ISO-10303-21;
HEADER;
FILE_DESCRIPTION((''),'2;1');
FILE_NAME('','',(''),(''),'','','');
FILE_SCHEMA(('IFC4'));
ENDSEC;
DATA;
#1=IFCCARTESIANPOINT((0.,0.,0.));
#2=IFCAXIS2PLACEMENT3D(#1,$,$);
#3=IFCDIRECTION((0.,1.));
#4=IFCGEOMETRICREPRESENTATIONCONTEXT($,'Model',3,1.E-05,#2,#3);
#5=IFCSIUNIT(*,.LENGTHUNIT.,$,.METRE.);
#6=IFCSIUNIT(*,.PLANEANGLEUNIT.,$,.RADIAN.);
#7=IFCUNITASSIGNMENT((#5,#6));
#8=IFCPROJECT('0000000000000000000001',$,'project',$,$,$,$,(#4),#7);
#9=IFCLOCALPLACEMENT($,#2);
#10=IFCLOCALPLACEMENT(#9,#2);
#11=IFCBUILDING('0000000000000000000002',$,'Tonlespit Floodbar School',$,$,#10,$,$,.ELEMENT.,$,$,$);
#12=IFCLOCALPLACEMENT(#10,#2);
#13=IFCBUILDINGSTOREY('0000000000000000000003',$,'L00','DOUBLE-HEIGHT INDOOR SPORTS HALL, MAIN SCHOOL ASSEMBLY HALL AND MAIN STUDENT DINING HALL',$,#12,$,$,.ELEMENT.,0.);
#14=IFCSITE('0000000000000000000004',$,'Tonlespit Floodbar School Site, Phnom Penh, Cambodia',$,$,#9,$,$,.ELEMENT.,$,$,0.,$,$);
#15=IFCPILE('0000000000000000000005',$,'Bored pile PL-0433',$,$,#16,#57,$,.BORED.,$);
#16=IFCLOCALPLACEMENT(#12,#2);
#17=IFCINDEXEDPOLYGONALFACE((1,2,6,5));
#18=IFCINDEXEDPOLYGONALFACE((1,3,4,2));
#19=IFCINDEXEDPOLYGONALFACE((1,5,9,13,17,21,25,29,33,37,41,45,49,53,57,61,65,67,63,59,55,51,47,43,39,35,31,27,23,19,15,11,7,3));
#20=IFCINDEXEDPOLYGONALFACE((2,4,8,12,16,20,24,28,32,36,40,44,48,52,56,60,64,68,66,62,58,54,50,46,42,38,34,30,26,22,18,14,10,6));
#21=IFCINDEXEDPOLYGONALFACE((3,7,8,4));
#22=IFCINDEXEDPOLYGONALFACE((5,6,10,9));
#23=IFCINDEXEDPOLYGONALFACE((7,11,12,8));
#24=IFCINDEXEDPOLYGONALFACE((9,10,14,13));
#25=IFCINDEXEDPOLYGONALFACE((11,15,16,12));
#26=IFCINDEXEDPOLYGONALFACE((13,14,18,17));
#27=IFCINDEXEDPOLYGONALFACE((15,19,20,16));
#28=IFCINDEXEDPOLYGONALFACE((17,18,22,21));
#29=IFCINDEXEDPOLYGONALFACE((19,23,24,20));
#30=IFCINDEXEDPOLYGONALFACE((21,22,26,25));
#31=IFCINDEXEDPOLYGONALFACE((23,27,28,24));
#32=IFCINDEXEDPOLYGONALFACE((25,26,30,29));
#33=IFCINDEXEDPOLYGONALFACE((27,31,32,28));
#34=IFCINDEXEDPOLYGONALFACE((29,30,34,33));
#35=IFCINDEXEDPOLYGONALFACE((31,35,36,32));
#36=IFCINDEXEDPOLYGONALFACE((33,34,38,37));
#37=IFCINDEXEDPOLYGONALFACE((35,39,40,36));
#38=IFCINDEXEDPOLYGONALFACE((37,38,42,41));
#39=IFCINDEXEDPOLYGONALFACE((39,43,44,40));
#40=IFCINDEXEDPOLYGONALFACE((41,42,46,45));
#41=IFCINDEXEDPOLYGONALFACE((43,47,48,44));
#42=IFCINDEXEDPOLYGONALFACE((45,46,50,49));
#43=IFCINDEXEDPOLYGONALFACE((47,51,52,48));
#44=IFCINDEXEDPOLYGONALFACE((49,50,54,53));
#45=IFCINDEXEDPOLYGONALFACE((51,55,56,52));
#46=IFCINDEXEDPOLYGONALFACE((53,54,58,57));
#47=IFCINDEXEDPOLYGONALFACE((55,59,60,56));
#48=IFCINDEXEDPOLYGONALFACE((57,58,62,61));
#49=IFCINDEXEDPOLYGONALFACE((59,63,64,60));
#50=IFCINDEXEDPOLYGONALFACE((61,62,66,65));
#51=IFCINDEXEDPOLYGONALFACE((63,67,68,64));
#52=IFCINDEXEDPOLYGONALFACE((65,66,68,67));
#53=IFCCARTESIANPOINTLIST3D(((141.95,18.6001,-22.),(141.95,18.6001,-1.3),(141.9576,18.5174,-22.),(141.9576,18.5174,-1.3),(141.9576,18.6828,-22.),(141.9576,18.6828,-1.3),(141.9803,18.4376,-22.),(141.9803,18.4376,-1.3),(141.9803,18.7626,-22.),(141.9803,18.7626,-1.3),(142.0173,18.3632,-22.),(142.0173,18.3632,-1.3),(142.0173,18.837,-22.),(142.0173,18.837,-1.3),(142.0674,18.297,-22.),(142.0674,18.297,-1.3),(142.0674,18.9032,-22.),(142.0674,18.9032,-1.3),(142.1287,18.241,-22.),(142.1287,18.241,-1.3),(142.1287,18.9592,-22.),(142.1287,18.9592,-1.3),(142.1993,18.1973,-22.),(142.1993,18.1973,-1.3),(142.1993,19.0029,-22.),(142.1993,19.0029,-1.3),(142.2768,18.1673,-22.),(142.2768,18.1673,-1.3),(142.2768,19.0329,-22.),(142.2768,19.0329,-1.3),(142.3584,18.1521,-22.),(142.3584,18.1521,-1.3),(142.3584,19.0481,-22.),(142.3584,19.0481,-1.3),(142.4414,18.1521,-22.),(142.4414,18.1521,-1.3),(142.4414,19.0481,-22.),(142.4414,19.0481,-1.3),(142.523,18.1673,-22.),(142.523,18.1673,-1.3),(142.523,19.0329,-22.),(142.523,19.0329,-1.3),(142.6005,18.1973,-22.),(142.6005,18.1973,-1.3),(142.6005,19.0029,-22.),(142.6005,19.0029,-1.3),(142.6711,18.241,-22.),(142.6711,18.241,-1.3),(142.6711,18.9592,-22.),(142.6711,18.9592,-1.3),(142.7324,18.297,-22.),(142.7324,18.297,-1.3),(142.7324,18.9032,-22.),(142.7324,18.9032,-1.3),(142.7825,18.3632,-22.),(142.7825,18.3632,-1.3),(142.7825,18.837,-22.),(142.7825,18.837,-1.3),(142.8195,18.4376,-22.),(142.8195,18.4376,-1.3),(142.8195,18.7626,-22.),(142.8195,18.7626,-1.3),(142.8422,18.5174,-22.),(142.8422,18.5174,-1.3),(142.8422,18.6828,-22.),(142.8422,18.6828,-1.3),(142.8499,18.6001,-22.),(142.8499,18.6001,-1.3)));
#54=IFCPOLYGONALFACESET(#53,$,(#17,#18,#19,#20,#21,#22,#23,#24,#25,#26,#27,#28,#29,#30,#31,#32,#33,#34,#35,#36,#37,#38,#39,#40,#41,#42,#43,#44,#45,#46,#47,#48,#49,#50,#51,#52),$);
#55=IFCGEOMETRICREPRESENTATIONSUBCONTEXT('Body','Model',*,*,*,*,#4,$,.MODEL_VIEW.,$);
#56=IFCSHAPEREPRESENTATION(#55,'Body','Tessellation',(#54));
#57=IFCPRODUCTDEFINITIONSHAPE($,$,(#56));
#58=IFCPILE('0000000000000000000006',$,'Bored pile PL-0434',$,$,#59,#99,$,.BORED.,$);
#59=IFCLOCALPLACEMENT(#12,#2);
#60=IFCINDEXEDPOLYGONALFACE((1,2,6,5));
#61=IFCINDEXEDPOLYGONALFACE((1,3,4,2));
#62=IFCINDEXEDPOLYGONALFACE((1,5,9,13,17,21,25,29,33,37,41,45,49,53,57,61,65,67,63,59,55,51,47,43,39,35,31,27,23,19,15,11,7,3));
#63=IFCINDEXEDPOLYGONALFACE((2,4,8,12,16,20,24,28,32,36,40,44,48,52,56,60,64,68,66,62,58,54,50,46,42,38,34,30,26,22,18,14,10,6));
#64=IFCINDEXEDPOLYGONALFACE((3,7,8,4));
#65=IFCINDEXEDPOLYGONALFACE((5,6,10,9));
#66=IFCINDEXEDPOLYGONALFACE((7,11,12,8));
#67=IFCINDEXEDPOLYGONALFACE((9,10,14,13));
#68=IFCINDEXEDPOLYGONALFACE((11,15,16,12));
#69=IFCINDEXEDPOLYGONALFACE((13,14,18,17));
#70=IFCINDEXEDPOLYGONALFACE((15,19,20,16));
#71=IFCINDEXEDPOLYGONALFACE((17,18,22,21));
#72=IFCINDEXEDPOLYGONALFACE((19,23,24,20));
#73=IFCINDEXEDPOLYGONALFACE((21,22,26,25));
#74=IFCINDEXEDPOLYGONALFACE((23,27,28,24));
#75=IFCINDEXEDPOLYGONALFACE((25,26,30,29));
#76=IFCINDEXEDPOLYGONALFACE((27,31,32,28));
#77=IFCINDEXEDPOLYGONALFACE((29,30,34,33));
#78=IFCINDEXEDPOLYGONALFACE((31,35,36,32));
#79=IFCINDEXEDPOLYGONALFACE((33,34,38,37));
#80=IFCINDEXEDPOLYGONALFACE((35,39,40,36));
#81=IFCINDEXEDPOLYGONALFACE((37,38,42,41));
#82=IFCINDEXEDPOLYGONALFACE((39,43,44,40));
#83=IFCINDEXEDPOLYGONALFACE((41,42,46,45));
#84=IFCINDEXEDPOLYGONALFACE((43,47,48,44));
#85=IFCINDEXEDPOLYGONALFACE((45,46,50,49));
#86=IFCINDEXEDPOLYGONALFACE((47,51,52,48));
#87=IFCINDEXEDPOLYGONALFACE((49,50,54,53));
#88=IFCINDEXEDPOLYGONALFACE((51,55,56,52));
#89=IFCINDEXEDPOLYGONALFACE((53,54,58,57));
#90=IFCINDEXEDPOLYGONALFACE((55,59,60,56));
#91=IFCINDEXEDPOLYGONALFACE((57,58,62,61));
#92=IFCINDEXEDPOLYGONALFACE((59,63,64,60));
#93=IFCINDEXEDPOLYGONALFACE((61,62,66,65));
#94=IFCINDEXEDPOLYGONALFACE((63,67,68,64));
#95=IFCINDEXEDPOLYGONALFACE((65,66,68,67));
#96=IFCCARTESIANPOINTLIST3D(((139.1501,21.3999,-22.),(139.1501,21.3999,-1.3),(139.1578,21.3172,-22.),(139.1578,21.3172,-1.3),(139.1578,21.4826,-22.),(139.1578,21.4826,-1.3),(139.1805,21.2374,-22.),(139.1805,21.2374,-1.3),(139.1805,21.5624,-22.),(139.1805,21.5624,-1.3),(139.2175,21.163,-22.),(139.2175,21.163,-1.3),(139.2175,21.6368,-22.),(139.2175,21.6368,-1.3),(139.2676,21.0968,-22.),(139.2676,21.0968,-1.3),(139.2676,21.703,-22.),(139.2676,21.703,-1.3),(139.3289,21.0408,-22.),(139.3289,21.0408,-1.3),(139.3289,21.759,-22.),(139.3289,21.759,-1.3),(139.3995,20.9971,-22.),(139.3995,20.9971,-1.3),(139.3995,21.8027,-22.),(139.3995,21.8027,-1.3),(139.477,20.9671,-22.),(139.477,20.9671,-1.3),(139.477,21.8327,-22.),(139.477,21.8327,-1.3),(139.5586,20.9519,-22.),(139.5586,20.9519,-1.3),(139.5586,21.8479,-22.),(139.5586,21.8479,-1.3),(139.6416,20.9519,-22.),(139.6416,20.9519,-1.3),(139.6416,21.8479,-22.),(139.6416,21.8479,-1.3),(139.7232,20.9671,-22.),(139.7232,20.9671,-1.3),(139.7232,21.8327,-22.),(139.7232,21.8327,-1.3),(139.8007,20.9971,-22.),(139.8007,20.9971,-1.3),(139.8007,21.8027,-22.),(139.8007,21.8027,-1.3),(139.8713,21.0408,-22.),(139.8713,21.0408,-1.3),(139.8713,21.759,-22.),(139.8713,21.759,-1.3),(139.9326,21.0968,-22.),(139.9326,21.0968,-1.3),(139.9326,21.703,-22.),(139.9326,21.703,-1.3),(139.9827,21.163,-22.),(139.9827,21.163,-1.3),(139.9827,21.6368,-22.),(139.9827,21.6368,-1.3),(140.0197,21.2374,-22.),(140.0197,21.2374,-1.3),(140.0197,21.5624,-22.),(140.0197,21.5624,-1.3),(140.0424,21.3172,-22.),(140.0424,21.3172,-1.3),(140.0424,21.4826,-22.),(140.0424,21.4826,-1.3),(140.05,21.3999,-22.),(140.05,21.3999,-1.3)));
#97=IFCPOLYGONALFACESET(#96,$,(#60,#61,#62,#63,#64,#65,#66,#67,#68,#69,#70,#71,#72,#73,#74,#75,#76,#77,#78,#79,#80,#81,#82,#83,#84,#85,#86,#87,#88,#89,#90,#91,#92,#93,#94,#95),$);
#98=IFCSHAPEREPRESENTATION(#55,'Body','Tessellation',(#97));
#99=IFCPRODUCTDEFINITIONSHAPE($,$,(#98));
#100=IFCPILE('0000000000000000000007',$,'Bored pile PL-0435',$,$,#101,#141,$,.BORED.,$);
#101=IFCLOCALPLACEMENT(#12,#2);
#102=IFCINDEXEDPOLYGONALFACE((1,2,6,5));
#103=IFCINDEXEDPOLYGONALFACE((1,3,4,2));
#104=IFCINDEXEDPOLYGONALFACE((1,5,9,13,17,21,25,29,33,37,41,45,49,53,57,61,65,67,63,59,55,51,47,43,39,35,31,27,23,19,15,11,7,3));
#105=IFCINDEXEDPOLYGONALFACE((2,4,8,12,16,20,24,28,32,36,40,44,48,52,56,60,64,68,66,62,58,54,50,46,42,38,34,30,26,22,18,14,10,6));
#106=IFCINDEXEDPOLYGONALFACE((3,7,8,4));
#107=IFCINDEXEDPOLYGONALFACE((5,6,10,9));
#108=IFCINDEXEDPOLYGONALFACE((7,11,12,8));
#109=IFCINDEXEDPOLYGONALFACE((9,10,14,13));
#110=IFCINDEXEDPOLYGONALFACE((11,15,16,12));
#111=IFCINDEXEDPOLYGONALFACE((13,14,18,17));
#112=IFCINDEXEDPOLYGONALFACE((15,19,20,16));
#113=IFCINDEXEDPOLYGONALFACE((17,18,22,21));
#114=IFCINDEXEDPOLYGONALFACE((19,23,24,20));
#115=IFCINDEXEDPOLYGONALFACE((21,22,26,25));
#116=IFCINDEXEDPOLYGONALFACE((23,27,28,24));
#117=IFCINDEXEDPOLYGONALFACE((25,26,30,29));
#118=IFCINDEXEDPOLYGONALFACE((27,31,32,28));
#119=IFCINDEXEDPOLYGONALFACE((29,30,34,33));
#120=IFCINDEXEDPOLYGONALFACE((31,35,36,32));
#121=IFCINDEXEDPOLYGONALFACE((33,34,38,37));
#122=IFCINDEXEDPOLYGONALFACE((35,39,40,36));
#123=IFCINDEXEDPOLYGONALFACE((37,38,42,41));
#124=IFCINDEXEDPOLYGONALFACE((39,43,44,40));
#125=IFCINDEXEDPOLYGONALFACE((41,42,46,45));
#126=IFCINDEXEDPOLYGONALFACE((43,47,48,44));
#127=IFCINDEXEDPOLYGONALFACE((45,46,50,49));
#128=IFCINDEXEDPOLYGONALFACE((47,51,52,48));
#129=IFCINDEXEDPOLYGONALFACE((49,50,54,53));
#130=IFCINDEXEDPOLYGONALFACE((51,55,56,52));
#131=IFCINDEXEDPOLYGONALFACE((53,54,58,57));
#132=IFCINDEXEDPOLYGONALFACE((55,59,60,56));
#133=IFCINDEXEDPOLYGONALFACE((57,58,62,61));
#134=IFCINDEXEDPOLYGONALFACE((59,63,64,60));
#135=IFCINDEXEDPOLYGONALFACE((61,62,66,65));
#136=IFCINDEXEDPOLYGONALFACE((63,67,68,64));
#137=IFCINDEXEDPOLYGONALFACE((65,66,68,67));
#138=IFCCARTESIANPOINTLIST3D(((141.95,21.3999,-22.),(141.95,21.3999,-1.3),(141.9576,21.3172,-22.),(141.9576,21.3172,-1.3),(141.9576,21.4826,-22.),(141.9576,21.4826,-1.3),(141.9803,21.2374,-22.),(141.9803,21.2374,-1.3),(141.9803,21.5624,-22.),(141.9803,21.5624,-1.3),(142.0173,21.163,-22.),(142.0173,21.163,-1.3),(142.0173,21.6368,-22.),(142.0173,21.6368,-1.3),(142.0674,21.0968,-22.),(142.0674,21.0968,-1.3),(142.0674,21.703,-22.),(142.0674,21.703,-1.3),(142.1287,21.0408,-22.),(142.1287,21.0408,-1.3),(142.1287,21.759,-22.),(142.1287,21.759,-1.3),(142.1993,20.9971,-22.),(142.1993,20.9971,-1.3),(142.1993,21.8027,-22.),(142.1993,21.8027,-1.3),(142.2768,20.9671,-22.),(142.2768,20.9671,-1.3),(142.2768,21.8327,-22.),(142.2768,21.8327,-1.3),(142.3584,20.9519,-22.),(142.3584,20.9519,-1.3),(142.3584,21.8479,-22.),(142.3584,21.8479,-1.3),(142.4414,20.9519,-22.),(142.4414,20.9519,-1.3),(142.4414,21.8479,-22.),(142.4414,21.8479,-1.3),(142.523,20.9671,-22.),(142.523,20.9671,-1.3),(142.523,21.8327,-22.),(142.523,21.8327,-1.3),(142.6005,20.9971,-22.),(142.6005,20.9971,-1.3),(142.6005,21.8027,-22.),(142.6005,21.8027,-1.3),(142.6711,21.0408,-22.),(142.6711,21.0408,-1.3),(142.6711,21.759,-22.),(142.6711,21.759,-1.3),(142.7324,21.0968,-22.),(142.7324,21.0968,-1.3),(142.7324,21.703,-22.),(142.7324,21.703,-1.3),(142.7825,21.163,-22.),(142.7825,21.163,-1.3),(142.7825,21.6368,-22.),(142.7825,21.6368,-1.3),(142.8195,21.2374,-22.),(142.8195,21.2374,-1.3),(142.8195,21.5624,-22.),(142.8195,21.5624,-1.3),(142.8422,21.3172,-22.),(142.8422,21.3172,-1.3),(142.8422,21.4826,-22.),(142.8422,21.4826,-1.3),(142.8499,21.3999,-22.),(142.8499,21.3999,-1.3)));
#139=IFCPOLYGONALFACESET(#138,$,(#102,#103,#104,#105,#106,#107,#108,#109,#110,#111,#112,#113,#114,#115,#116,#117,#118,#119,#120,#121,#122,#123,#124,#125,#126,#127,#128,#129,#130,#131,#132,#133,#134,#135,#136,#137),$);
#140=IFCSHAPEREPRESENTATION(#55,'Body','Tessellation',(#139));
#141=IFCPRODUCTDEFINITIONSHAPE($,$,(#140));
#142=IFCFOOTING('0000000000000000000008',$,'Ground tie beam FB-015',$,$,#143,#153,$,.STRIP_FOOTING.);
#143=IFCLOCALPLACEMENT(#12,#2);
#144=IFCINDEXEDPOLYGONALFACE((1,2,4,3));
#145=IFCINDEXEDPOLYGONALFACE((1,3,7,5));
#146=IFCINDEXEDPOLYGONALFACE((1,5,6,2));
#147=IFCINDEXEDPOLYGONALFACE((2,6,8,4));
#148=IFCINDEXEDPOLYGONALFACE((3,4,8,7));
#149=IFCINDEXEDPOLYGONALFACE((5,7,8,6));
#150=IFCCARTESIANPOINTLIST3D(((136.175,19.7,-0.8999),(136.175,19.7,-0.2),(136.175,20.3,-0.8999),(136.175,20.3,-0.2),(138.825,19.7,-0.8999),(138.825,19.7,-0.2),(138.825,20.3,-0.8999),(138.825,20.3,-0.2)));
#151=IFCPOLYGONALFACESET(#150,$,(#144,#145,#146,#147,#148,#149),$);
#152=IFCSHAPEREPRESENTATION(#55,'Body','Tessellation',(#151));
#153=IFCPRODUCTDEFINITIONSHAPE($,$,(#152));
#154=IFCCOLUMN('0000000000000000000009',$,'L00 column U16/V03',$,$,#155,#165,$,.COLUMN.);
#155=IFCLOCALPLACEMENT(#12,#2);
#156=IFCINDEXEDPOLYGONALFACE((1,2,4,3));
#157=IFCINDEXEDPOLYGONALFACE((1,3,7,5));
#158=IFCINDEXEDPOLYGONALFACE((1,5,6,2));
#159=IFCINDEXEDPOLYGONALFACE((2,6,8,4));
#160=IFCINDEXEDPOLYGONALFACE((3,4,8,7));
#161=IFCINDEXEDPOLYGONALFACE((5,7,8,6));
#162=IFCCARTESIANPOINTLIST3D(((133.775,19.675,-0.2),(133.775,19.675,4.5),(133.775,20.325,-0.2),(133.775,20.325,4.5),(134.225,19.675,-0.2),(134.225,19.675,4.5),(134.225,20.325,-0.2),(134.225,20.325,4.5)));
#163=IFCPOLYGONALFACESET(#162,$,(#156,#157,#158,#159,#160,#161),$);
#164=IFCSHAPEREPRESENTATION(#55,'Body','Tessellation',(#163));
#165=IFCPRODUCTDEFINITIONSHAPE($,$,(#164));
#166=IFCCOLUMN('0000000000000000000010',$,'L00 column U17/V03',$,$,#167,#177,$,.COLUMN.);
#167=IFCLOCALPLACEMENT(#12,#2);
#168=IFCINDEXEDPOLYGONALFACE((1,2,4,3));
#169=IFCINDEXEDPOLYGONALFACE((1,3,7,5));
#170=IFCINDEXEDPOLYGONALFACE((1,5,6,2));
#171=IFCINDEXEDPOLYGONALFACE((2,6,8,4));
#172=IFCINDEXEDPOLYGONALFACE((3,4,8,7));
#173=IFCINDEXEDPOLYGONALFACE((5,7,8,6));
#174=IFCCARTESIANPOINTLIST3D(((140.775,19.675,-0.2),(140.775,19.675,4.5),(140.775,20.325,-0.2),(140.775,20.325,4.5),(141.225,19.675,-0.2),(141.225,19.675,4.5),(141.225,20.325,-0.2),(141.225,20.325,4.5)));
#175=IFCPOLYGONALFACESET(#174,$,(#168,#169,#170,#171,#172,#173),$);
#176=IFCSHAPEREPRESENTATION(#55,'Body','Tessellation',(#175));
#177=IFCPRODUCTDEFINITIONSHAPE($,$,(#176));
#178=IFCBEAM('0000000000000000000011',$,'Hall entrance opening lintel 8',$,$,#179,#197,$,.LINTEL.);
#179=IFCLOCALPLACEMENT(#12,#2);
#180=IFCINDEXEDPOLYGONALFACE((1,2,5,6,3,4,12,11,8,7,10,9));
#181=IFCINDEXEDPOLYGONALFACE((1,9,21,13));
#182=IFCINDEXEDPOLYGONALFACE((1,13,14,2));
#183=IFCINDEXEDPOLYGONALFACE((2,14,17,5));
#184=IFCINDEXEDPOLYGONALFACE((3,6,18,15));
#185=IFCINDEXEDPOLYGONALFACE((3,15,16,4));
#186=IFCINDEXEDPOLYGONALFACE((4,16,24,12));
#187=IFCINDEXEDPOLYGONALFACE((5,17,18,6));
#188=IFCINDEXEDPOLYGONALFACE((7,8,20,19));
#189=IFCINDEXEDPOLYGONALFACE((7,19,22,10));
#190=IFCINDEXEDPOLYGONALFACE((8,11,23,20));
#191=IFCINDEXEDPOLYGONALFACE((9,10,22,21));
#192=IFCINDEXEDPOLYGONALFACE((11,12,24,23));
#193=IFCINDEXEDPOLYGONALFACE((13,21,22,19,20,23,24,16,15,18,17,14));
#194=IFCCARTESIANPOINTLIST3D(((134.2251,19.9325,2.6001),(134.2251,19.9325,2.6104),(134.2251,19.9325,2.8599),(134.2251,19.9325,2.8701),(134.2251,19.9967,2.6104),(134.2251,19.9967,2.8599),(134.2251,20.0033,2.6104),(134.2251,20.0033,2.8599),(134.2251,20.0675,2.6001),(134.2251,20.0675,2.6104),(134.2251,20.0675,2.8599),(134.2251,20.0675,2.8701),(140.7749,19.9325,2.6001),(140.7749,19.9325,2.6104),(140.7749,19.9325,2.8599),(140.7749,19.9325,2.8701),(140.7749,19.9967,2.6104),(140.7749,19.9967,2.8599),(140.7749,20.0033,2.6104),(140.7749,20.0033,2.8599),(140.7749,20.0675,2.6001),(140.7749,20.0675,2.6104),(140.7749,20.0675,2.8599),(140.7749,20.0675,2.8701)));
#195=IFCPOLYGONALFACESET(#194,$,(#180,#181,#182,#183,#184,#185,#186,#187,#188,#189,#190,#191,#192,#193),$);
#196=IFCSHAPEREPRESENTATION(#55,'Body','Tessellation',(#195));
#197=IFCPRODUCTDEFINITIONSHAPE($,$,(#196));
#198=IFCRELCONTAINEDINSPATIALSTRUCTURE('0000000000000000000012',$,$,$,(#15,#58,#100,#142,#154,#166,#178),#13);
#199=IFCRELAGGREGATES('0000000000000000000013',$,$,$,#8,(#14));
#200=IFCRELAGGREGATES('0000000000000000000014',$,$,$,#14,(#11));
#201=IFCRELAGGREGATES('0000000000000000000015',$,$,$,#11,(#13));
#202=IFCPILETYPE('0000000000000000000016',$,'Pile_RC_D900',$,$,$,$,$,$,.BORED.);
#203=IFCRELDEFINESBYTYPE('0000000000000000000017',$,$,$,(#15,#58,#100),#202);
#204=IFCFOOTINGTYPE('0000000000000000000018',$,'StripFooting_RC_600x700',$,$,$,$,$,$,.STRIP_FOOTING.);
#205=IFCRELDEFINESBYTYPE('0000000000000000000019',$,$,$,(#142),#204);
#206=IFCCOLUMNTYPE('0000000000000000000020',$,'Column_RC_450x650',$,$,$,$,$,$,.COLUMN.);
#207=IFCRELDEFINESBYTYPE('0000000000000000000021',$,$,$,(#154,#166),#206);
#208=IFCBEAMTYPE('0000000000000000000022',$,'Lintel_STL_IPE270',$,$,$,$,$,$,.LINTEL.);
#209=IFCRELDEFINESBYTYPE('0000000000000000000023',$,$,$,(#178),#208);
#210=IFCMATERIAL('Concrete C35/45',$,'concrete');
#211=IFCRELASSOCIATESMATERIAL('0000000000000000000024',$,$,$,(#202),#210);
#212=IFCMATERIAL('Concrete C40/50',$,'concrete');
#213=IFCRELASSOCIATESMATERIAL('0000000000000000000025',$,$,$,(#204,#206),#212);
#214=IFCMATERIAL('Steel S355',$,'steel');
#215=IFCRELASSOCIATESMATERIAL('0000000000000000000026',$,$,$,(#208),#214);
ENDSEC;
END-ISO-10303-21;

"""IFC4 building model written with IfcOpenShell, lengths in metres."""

from ifc_helpers import new_model, si_unit, direction, frame, origin, origin_2d, place, context, subcontext, project, spatial, rectangle, circle, i_section, extrude, material, material_profile, profile_set, type_object, element, save


model = new_model("IFC4")

# Units and contexts
model_context = context("Model", 3, precision=1e-05, world=origin(), true_north=direction((0.0, 1.0)))
body_context = subcontext(model_context, "Body", "Model", "MODEL_VIEW")
ifc_project = project(units=[si_unit("LENGTHUNIT", "METRE"), si_unit("PLANEANGLEUNIT", "RADIAN")], contexts=[model_context])

# Site, building, storey
site_placement = place(None, origin())
site = spatial("IfcSite", under=ifc_project, at=site_placement, Name="Tonlespit Floodbar School Site, Phnom Penh, Cambodia", CompositionType="ELEMENT", RefElevation=0.0)
building_placement = place(site_placement, origin())
building = spatial("IfcBuilding", under=site, at=building_placement, Name="Tonlespit Floodbar School", CompositionType="ELEMENT")
storey_placement = place(building_placement, origin())
storey = spatial("IfcBuildingStorey", under=building, at=storey_placement, Name="L00", Description="DOUBLE-HEIGHT INDOOR SPORTS HALL, MAIN SCHOOL ASSEMBLY HALL AND MAIN STUDENT DINING HALL", CompositionType="ELEMENT", Elevation=0.0)

# Shared definitions
ifc_material_1 = material(Name="Concrete C40/50", Category="concrete")

# Piles
ifc_material_2 = material(Name="Concrete C35/45", Category="concrete")
ifc_material_profile_1 = material_profile(ifc_material_2, circle(Radius=0.45, at=origin_2d()), Name="BP D900")
ifc_profile_set_1 = profile_set([ifc_material_profile_1], Name="Concrete C35/45")
pile_type = type_object("IfcPileType", Name="Pile_RC_D900", PredefinedType="BORED", material=ifc_profile_set_1)
for number, where, z_axis, x_axis, name in (
    (1, (142.3999, 18.6001, -1.3), (0.0, 0.0, -1.0), (1.0, 0.0, 0.0), "Bored pile PL-0433"),
    (2, (139.6001, 21.3999, -1.3), (0.0, 0.0, -1.0), (1.0, 0.0, 0.0), "Bored pile PL-0434"),
    (3, (142.3999, 21.3999, -1.3), (0.0, 0.0, -1.0), (1.0, 0.0, 0.0), "Bored pile PL-0435"),
):
    element("IfcPile", number, at=place(storey_placement, frame(where, z_axis=z_axis, x_axis=x_axis)), inside=storey, type_object=pile_type, Name=name, PredefinedType="BORED", context=body_context, shape_type="SweptSolid", body=[
        extrude(circle(Radius=0.45, at=origin_2d()), origin(), (0.0, 0.0, 1.0), 20.7),
    ])

# Footing
footing_type_1 = type_object("IfcFootingType", Name="StripFooting_RC_600x700", PredefinedType="STRIP_FOOTING", material=ifc_material_1)
footing_placement = place(storey_placement, frame((137.5, 20.0, -0.8999), z_axis=(0.0, 0.0, 1.0), x_axis=(1.0, 0.0, 0.0)))
element("IfcFooting", 4, at=footing_placement, inside=storey, type_object=footing_type_1, Name="Ground tie beam FB-015", PredefinedType="STRIP_FOOTING", context=body_context, shape_type="SweptSolid", body=[
    extrude(rectangle(XDim=2.6499, YDim=0.6001, at=origin_2d()), origin(), (0.0, 0.0, 1.0), 0.7),
])

# Columns
ifc_material_profile_2 = material_profile(ifc_material_1, rectangle(XDim=0.45, YDim=0.6499, at=origin_2d()), Name="RC 450x650")
ifc_profile_set_2 = profile_set([ifc_material_profile_2], Name="Concrete C40/50")
column_type = type_object("IfcColumnType", Name="Column_RC_450x650", PredefinedType="COLUMN", material=ifc_profile_set_2)
for number, where, z_axis, x_axis, name in (
    (5, (134.0, 20.0, -0.2), (0.0, 0.0, 1.0), (1.0, 0.0, 0.0), "L00 column U16/V03"),
    (6, (141.0, 20.0, -0.2), (0.0, 0.0, 1.0), (1.0, 0.0, 0.0), "L00 column U17/V03"),
):
    element("IfcColumn", number, at=place(storey_placement, frame(where, z_axis=z_axis, x_axis=x_axis)), inside=storey, type_object=column_type, Name=name, PredefinedType="COLUMN", context=body_context, shape_type="SweptSolid", body=[
        extrude(rectangle(XDim=0.45, YDim=0.6499, at=origin_2d()), origin(), (0.0, 0.0, 1.0), 4.7),
    ])

# Beam
ifc_material_3 = material(Name="Steel S355", Category="steel")
ifc_material_profile_3 = material_profile(ifc_material_3, i_section(OverallWidth=0.135, OverallDepth=0.27, WebThickness=0.0066, FlangeThickness=0.0103, at=origin_2d()), Name="IPE 270")
ifc_profile_set_3 = profile_set([ifc_material_profile_3], Name="Steel S355")
beam_type_1 = type_object("IfcBeamType", Name="Lintel_STL_IPE270", PredefinedType="LINTEL", material=ifc_profile_set_3)
beam_placement = place(storey_placement, frame((134.2251, 20.0, 2.7351), z_axis=(1.0, 0.0, 0.0), x_axis=(0.0, 1.0, 0.0)))
element("IfcBeam", 7, at=beam_placement, inside=storey, type_object=beam_type_1, Name="Hall entrance opening lintel 8", PredefinedType="LINTEL", context=body_context, shape_type="SweptSolid", body=[
    extrude(i_section(OverallWidth=0.135, OverallDepth=0.27, WebThickness=0.0066, FlangeThickness=0.0103, at=origin_2d()), origin(), (0.0, 0.0, 1.0), 6.5498),
])

save(model, "model.ifc")
